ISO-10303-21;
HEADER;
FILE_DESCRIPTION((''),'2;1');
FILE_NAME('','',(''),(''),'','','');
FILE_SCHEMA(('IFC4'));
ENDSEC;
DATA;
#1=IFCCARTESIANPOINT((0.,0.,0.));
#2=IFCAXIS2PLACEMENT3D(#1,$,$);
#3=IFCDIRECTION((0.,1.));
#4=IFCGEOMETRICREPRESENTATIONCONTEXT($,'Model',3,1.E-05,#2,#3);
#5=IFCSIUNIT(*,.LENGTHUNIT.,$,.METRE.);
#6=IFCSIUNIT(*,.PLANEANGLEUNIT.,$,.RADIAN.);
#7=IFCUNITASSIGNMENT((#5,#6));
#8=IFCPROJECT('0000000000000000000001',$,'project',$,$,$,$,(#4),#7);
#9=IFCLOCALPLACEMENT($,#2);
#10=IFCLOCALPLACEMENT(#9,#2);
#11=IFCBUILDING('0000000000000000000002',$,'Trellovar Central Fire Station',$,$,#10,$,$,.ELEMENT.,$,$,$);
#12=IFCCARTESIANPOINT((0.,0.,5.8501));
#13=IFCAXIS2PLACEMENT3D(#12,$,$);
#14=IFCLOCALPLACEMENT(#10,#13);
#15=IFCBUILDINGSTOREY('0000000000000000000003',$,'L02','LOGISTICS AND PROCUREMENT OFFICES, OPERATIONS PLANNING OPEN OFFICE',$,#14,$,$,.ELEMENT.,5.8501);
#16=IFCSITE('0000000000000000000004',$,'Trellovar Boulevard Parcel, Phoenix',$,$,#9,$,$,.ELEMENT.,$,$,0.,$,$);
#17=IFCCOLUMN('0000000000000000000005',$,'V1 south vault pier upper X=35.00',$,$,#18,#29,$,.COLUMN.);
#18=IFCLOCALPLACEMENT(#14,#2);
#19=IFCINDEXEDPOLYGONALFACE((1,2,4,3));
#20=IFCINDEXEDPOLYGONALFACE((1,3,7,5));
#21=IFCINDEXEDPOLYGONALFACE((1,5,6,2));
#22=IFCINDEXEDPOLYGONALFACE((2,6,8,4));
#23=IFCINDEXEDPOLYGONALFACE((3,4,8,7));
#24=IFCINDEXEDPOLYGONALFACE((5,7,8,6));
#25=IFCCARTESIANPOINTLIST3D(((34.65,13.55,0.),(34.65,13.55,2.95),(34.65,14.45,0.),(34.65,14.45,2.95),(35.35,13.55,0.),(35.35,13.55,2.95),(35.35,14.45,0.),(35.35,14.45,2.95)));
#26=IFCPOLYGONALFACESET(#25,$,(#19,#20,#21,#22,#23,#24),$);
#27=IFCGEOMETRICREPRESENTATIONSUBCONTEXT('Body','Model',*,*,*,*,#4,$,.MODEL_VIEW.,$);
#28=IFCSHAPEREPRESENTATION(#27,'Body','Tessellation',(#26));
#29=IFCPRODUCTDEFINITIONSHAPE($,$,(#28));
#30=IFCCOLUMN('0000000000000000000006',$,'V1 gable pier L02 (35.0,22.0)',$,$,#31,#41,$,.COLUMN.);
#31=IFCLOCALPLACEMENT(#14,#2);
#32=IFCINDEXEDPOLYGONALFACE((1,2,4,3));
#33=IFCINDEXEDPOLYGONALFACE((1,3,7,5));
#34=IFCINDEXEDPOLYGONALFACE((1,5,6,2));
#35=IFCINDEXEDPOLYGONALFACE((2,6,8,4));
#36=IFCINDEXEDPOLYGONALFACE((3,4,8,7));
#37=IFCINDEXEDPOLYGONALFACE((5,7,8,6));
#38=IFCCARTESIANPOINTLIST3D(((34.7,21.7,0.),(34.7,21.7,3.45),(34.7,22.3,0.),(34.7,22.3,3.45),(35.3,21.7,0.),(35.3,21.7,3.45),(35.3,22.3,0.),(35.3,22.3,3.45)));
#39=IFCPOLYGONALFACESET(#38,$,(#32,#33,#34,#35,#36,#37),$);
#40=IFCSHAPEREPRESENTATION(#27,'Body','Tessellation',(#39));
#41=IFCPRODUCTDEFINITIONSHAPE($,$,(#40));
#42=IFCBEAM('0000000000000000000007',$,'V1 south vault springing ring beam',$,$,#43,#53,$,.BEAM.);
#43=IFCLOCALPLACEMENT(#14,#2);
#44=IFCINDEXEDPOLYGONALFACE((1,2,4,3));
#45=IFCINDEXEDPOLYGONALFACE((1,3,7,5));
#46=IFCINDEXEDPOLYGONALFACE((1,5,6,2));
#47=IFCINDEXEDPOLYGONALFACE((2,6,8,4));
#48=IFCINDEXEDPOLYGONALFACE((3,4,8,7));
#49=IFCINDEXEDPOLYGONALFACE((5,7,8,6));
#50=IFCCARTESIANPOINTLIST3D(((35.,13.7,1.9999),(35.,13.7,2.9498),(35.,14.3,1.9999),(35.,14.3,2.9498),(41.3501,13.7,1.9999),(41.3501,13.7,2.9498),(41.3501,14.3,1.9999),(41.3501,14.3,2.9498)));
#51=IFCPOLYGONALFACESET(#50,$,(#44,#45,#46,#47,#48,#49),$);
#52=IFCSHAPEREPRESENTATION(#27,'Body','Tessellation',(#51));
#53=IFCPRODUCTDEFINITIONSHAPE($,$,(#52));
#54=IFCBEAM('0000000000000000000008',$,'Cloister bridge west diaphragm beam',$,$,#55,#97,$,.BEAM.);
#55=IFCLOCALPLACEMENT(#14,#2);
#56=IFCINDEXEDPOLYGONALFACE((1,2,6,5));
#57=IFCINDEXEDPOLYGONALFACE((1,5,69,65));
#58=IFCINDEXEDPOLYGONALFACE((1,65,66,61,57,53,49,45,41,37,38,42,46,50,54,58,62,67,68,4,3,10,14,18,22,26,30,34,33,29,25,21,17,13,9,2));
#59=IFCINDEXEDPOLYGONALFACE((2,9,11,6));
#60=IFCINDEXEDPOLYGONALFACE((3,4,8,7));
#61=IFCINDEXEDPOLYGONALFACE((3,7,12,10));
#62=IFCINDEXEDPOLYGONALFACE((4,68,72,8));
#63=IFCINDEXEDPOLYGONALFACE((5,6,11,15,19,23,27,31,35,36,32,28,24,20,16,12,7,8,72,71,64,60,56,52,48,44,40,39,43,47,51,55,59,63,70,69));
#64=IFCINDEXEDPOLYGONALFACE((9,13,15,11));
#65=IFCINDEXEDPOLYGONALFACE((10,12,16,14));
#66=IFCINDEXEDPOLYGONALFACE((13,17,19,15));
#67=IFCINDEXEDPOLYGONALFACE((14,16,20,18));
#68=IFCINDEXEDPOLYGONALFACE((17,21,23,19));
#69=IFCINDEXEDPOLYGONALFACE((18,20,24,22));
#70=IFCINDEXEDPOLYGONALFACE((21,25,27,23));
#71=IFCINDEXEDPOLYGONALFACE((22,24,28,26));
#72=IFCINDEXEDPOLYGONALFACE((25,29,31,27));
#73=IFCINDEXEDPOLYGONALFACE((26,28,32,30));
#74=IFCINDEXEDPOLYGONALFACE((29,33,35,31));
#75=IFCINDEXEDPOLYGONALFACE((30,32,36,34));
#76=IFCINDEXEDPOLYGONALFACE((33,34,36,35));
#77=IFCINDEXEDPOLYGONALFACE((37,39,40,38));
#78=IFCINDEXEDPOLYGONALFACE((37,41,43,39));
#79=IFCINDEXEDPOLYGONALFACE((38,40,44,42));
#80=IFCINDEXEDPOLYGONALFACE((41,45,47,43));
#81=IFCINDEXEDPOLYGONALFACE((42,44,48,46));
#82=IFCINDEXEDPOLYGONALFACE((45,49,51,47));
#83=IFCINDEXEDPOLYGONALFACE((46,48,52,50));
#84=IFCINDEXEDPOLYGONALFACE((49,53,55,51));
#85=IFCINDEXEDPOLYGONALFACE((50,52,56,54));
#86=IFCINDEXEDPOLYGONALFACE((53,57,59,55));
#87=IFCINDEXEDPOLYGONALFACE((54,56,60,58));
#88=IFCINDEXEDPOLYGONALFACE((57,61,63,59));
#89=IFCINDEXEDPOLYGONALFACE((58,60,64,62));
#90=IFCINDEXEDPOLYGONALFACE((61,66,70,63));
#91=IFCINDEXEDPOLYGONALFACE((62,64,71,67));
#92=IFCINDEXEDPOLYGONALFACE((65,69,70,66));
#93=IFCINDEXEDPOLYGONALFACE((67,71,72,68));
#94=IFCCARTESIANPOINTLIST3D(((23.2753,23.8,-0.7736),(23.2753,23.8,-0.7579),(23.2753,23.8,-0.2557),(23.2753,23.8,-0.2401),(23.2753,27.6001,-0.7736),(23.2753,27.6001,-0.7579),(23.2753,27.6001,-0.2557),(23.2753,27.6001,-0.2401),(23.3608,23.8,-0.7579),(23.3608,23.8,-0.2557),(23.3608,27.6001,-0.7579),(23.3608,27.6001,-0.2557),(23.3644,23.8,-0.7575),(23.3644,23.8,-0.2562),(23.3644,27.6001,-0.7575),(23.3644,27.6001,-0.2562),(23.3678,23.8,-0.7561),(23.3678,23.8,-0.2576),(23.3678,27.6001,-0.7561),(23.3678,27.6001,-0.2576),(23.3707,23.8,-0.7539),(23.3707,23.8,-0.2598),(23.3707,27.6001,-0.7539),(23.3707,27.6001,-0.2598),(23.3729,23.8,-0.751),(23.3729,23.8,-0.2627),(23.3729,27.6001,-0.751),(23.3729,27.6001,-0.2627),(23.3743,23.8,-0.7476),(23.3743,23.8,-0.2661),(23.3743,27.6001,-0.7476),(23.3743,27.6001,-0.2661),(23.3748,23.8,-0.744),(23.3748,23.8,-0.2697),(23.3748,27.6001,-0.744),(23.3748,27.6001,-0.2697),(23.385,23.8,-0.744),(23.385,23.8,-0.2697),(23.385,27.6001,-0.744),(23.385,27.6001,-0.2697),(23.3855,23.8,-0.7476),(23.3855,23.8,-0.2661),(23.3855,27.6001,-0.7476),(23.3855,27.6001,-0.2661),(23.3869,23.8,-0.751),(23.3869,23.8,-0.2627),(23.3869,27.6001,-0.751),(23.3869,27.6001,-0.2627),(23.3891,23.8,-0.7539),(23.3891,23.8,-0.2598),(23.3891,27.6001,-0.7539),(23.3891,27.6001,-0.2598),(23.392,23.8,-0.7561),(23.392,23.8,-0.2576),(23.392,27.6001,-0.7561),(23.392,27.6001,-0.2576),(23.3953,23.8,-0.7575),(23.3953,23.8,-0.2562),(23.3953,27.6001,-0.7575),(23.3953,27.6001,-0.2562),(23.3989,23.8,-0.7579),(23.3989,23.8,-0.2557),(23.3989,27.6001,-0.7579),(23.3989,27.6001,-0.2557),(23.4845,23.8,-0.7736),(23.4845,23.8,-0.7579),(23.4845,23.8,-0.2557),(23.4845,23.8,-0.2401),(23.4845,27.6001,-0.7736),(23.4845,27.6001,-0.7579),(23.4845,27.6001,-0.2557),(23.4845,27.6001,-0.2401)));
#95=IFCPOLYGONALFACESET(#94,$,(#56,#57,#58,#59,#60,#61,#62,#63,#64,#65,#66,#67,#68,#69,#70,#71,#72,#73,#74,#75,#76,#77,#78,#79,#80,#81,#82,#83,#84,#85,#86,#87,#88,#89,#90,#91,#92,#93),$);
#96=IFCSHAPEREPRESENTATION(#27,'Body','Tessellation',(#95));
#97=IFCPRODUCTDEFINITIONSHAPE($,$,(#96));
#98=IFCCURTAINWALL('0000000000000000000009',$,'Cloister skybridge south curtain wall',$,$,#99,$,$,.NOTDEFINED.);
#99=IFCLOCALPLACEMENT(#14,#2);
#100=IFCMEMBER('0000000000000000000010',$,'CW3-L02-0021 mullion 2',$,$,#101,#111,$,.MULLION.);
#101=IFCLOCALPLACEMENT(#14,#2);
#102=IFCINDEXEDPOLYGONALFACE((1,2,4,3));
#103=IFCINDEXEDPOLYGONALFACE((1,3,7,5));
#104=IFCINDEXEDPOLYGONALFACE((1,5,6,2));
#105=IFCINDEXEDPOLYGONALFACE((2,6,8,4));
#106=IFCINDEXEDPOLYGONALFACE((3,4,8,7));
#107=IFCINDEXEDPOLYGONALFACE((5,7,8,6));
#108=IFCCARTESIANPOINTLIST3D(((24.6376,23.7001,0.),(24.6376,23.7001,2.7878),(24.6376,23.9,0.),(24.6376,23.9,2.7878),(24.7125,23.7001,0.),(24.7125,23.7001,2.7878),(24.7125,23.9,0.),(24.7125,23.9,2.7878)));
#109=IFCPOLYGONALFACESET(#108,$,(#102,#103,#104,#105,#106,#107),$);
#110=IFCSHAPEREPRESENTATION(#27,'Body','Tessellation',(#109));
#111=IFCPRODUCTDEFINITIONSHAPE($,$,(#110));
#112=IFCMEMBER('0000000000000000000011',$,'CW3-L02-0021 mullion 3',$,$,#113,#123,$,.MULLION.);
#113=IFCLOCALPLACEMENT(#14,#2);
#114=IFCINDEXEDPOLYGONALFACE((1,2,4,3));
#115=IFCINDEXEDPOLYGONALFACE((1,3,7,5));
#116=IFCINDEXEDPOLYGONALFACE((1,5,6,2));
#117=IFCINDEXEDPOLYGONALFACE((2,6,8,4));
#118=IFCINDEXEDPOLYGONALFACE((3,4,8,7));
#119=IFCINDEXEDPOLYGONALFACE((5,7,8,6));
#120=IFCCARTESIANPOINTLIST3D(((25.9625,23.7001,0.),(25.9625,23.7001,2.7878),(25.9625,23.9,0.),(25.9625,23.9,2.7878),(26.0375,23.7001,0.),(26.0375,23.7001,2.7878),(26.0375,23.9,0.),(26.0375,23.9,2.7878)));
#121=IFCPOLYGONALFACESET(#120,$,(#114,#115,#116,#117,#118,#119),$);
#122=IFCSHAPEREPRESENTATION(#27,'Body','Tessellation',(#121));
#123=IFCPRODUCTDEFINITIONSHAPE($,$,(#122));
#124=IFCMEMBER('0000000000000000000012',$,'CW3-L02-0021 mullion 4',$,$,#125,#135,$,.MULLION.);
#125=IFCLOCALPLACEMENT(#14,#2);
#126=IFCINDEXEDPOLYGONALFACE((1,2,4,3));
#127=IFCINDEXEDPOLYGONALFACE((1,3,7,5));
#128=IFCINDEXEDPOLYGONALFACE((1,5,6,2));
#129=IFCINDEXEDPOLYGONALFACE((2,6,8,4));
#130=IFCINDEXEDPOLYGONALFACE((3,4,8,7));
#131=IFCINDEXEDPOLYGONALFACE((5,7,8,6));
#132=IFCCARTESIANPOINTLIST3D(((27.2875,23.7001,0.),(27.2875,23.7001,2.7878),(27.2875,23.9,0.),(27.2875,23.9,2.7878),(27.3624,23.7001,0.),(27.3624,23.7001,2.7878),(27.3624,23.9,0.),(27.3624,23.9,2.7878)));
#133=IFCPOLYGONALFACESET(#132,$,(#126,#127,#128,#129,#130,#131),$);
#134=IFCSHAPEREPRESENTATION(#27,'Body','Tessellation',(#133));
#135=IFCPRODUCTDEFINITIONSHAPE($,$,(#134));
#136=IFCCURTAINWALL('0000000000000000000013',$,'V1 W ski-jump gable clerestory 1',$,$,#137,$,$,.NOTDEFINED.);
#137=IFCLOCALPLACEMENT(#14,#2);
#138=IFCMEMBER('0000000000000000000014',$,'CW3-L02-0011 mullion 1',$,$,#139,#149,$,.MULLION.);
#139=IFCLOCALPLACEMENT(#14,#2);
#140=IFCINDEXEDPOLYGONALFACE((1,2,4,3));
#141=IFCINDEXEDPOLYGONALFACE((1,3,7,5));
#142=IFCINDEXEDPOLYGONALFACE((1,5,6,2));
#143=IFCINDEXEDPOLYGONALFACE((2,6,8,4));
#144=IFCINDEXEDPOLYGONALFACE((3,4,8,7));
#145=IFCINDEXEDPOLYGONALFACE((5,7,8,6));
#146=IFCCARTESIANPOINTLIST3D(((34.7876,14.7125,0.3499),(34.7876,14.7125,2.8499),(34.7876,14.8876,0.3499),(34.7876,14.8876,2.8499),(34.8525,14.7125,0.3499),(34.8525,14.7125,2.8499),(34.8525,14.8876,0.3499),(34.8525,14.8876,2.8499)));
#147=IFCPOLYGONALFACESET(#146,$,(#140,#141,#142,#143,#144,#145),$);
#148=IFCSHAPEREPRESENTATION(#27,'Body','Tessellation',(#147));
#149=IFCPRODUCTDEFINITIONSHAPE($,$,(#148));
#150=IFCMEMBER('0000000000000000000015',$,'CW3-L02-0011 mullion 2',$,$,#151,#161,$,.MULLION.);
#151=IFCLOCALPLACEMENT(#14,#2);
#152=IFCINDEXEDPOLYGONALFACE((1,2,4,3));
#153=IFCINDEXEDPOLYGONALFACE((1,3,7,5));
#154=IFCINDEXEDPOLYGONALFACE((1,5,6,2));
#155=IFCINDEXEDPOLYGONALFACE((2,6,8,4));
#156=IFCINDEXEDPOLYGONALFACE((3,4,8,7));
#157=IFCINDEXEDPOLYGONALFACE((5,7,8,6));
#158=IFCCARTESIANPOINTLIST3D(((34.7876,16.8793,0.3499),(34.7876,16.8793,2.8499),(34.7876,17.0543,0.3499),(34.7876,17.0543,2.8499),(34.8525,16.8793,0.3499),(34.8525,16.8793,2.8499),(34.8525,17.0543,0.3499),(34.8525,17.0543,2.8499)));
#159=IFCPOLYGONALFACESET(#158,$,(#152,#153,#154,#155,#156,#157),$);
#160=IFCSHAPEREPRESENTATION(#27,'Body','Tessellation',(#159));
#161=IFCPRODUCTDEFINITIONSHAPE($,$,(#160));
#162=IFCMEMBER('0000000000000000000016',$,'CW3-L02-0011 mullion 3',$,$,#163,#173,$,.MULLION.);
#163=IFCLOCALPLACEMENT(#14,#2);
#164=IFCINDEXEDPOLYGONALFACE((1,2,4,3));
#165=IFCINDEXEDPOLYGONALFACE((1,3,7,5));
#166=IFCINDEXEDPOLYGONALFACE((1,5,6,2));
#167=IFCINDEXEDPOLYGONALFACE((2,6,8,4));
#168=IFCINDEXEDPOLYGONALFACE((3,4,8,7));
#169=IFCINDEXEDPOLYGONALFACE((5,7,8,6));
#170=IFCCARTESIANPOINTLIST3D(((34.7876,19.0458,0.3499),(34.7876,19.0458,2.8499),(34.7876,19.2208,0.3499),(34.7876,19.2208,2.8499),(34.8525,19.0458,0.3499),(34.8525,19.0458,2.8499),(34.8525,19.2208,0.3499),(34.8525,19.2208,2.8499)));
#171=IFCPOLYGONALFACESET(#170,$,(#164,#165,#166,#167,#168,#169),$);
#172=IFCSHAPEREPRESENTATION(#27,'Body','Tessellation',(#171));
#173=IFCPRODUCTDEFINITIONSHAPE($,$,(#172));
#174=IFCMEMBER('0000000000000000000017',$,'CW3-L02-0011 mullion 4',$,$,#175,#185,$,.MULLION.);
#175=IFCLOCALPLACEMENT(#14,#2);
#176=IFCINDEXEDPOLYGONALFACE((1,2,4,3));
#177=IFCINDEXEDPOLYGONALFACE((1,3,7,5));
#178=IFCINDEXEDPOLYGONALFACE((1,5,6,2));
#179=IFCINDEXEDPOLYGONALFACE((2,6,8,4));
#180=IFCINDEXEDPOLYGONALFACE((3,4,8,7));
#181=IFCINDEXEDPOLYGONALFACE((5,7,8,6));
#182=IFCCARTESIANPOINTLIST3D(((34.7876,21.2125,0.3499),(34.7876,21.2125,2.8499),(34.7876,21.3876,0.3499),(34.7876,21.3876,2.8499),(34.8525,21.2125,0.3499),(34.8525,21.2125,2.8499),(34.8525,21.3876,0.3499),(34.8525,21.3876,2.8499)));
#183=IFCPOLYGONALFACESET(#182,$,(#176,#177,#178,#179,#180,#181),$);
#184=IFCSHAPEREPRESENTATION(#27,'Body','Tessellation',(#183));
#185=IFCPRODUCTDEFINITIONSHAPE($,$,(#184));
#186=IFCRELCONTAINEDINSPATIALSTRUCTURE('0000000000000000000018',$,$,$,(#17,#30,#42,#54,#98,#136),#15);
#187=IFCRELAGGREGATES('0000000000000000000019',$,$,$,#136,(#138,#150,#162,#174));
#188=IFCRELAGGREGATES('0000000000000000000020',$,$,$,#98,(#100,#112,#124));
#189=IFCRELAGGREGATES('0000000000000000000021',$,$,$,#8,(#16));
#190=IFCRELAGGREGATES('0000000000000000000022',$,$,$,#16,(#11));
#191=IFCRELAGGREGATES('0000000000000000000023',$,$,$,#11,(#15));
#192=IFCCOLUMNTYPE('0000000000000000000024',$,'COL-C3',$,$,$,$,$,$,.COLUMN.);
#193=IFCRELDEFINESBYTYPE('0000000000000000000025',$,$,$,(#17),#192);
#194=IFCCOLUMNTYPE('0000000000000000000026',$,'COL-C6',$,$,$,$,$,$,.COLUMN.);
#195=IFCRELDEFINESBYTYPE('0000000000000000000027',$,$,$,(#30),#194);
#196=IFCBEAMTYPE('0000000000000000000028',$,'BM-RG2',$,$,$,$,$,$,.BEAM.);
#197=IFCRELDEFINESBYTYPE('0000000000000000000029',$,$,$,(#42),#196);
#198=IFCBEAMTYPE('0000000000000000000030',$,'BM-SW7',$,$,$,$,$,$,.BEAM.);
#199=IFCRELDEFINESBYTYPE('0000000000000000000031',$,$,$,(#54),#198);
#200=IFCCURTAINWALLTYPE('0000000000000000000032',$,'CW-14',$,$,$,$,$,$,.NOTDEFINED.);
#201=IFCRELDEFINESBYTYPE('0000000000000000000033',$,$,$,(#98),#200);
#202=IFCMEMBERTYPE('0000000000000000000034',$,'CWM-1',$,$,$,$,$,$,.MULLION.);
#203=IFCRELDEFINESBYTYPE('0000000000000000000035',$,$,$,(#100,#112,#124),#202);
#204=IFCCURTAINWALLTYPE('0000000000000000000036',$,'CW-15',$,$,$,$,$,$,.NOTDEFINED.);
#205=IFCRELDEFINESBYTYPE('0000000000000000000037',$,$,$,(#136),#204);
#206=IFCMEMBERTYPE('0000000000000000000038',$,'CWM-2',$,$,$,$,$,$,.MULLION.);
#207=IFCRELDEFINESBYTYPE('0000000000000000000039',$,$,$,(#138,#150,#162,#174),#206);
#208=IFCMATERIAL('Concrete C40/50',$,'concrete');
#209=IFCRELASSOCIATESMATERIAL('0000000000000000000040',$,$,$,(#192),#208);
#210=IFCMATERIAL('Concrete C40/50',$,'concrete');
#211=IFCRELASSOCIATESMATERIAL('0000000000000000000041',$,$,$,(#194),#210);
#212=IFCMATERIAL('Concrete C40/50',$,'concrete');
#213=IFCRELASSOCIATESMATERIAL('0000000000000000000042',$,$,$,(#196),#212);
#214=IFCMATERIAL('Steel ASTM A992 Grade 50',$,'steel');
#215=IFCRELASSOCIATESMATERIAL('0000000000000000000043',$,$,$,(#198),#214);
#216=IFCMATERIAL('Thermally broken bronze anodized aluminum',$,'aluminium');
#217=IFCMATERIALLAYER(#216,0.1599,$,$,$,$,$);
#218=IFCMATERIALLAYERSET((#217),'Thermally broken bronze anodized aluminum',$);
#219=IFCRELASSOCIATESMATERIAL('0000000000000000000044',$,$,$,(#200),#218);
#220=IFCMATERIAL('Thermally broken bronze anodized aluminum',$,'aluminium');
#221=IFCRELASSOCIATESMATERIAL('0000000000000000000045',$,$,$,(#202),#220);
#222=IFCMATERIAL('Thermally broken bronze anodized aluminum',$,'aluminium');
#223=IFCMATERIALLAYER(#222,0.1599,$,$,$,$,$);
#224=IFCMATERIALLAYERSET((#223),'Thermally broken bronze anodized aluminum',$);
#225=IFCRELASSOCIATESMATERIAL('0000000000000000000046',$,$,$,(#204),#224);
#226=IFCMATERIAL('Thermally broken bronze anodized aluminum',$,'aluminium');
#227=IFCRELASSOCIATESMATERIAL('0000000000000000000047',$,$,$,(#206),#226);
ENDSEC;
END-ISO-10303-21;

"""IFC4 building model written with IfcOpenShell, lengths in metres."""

from ifc_helpers import new_model, si_unit, direction, frame, origin, origin_2d, place, context, subcontext, project, spatial, rectangle, i_section, extrude, material, layer, layer_set, material_profile, profile_set, type_object, element, aggregate, save


model = new_model("IFC4")

# Units and contexts
model_context = context("Model", 3, precision=1e-05, world=origin(), true_north=direction((0.0, 1.0)))
body_context = subcontext(model_context, "Body", "Model", "MODEL_VIEW")
ifc_project = project(units=[si_unit("LENGTHUNIT", "METRE"), si_unit("PLANEANGLEUNIT", "RADIAN")], contexts=[model_context])

# Site, building, storey
site_placement = place(None, origin())
site = spatial("IfcSite", under=ifc_project, at=site_placement, Name="Trellovar Boulevard Parcel, Phoenix", CompositionType="ELEMENT", RefElevation=0.0)
building_placement = place(site_placement, origin())
building = spatial("IfcBuilding", under=site, at=building_placement, Name="Trellovar Central Fire Station", CompositionType="ELEMENT")
storey_placement = place(building_placement, frame((0.0, 0.0, 5.8501)))
storey = spatial("IfcBuildingStorey", under=building, at=storey_placement, Name="L02", Description="LOGISTICS AND PROCUREMENT OFFICES, OPERATIONS PLANNING OPEN OFFICE", CompositionType="ELEMENT", Elevation=5.8501)

# Columns
ifc_material_1 = material(Name="Concrete C40/50", Category="concrete")
ifc_material_profile_1 = material_profile(ifc_material_1, rectangle(XDim=0.7, YDim=0.8999, at=origin_2d()), Name="RC700X900")
ifc_profile_set_1 = profile_set([ifc_material_profile_1], Name="Concrete C40/50")
column_type_1 = type_object("IfcColumnType", Name="COL-C3", PredefinedType="COLUMN", material=ifc_profile_set_1)
column_1_placement = place(storey_placement, frame((35.0, 14.0, 0.0), z_axis=(0.0, 0.0, 1.0), x_axis=(1.0, 0.0, 0.0)))
element("IfcColumn", 1, at=column_1_placement, inside=storey, type_object=column_type_1, Name="V1 south vault pier upper X=35.00", PredefinedType="COLUMN", context=body_context, shape_type="SweptSolid", body=[
    extrude(rectangle(XDim=0.7, YDim=0.8999, at=origin_2d()), origin(), (0.0, 0.0, 1.0), 2.95),
])
ifc_material_2 = material(Name="Concrete C40/50", Category="concrete")
ifc_material_profile_2 = material_profile(ifc_material_2, rectangle(XDim=0.6001, YDim=0.6001, at=origin_2d()), Name="RC600X600")
ifc_profile_set_2 = profile_set([ifc_material_profile_2], Name="Concrete C40/50")
column_type_2 = type_object("IfcColumnType", Name="COL-C6", PredefinedType="COLUMN", material=ifc_profile_set_2)
column_2_placement = place(storey_placement, frame((35.0, 22.0, 0.0), z_axis=(0.0, 0.0, 1.0), x_axis=(1.0, 0.0, 0.0)))
element("IfcColumn", 2, at=column_2_placement, inside=storey, type_object=column_type_2, Name="V1 gable pier L02 (35.0,22.0)", PredefinedType="COLUMN", context=body_context, shape_type="SweptSolid", body=[
    extrude(rectangle(XDim=0.6001, YDim=0.6001, at=origin_2d()), origin(), (0.0, 0.0, 1.0), 3.45),
])

# Beams
ifc_material_3 = material(Name="Concrete C40/50", Category="concrete")
ifc_material_profile_3 = material_profile(ifc_material_3, rectangle(XDim=0.6001, YDim=0.95, at=origin_2d()), Name="RC600X950")
ifc_profile_set_3 = profile_set([ifc_material_profile_3], Name="Concrete C40/50")
beam_type_1 = type_object("IfcBeamType", Name="BM-RG2", PredefinedType="BEAM", material=ifc_profile_set_3)
beam_1_placement = place(storey_placement, frame((35.0, 14.0, 2.4749), z_axis=(1.0, 0.0, 0.0), x_axis=(0.0, 1.0, 0.0)))
element("IfcBeam", 3, at=beam_1_placement, inside=storey, type_object=beam_type_1, Name="V1 south vault springing ring beam", PredefinedType="BEAM", context=body_context, shape_type="SweptSolid", body=[
    extrude(rectangle(XDim=0.6001, YDim=0.95, at=origin_2d()), origin(), (0.0, 0.0, 1.0), 6.3501),
])
ifc_material_4 = material(Name="Steel ASTM A992 Grade 50", Category="steel")
ifc_material_profile_4 = material_profile(ifc_material_4, i_section(OverallWidth=0.2092, OverallDepth=0.5334, WebThickness=0.0103, FlangeThickness=0.0156, FilletRadius=0.0139, at=origin_2d()), Name="W21X62")
ifc_profile_set_4 = profile_set([ifc_material_profile_4], Name="Steel ASTM A992 Grade 50")
beam_type_2 = type_object("IfcBeamType", Name="BM-SW7", PredefinedType="BEAM", material=ifc_profile_set_4)
beam_2_placement = place(storey_placement, frame((23.3799, 23.8, -0.5068), z_axis=(0.0, 1.0, 0.0), x_axis=(-1.0, 0.0, 0.0)))
element("IfcBeam", 4, at=beam_2_placement, inside=storey, type_object=beam_type_2, Name="Cloister bridge west diaphragm beam", PredefinedType="BEAM", context=body_context, shape_type="SweptSolid", body=[
    extrude(i_section(OverallWidth=0.2092, OverallDepth=0.5334, WebThickness=0.0103, FlangeThickness=0.0156, FilletRadius=0.0139, at=origin_2d()), origin(), (0.0, 0.0, 1.0), 3.8),
])

# Curtain walls, members
ifc_material_5 = material(Name="Thermally broken bronze anodized aluminum", Category="aluminium")
ifc_layer_1 = layer(ifc_material_5, 0.1599)
ifc_layer_set_1 = layer_set([ifc_layer_1], Name="Thermally broken bronze anodized aluminum")
curtain_wall_type_1 = type_object("IfcCurtainWallType", Name="CW-14", PredefinedType="NOTDEFINED", material=ifc_layer_set_1)
curtain_wall_1_placement = place(storey_placement, origin())
curtain_wall_1 = element("IfcCurtainWall", 5, at=curtain_wall_1_placement, inside=storey, type_object=curtain_wall_type_1, Name="Cloister skybridge south curtain wall", PredefinedType="NOTDEFINED")
ifc_material_6 = material(Name="Thermally broken bronze anodized aluminum", Category="aluminium")
ifc_material_profile_5 = material_profile(ifc_material_6, rectangle(XDim=0.075, YDim=0.2, at=origin_2d()), Name="ALU75X200")
ifc_profile_set_5 = profile_set([ifc_material_profile_5], Name="Thermally broken bronze anodized aluminum")
member_type_1 = type_object("IfcMemberType", Name="CWM-1", PredefinedType="MULLION", material=ifc_profile_set_5)
member_1_placement = place(storey_placement, frame((24.675, 23.8, 0.0), z_axis=(0.0, 0.0, 1.0), x_axis=(1.0, 0.0, 0.0)))
member_1 = element("IfcMember", 6, at=member_1_placement, type_object=member_type_1, Name="CW3-L02-0021 mullion 2", PredefinedType="MULLION", context=body_context, shape_type="SweptSolid", body=[
    extrude(rectangle(XDim=0.075, YDim=0.2, at=origin_2d()), origin(), (0.0, 0.0, 1.0), 2.7878),
])
member_2_placement = place(storey_placement, frame((26.0, 23.8, 0.0), z_axis=(0.0, 0.0, 1.0), x_axis=(1.0, 0.0, 0.0)))
member_2 = element("IfcMember", 7, at=member_2_placement, type_object=member_type_1, Name="CW3-L02-0021 mullion 3", PredefinedType="MULLION", context=body_context, shape_type="SweptSolid", body=[
    extrude(rectangle(XDim=0.075, YDim=0.2, at=origin_2d()), origin(), (0.0, 0.0, 1.0), 2.7878),
])
member_3_placement = place(storey_placement, frame((27.325, 23.8, 0.0), z_axis=(0.0, 0.0, 1.0), x_axis=(1.0, 0.0, 0.0)))
member_3 = element("IfcMember", 8, at=member_3_placement, type_object=member_type_1, Name="CW3-L02-0021 mullion 4", PredefinedType="MULLION", context=body_context, shape_type="SweptSolid", body=[
    extrude(rectangle(XDim=0.075, YDim=0.2, at=origin_2d()), origin(), (0.0, 0.0, 1.0), 2.7878),
])
ifc_material_7 = material(Name="Thermally broken bronze anodized aluminum", Category="aluminium")
ifc_layer_2 = layer(ifc_material_7, 0.1599)
ifc_layer_set_2 = layer_set([ifc_layer_2], Name="Thermally broken bronze anodized aluminum")
curtain_wall_type_2 = type_object("IfcCurtainWallType", Name="CW-15", PredefinedType="NOTDEFINED", material=ifc_layer_set_2)
curtain_wall_2_placement = place(storey_placement, origin())
curtain_wall_2 = element("IfcCurtainWall", 9, at=curtain_wall_2_placement, inside=storey, type_object=curtain_wall_type_2, Name="V1 W ski-jump gable clerestory 1", PredefinedType="NOTDEFINED")
ifc_material_8 = material(Name="Thermally broken bronze anodized aluminum", Category="aluminium")
ifc_material_profile_6 = material_profile(ifc_material_8, rectangle(XDim=0.0649, YDim=0.175, at=origin_2d()), Name="ALU65X175")
ifc_profile_set_6 = profile_set([ifc_material_profile_6], Name="Thermally broken bronze anodized aluminum")
member_type_2 = type_object("IfcMemberType", Name="CWM-2", PredefinedType="MULLION", material=ifc_profile_set_6)
member_4_placement = place(storey_placement, frame((34.8201, 14.8, 0.3499), z_axis=(0.0, 0.0, 1.0), x_axis=(1.0, 0.0, 0.0)))
member_4 = element("IfcMember", 10, at=member_4_placement, type_object=member_type_2, Name="CW3-L02-0011 mullion 1", PredefinedType="MULLION", context=body_context, shape_type="SweptSolid", body=[
    extrude(rectangle(XDim=0.0649, YDim=0.175, at=origin_2d()), origin(), (0.0, 0.0, 1.0), 2.5),
])
member_5_placement = place(storey_placement, frame((34.8201, 16.9668, 0.3499), z_axis=(0.0, 0.0, 1.0), x_axis=(1.0, 0.0, 0.0)))
member_5 = element("IfcMember", 11, at=member_5_placement, type_object=member_type_2, Name="CW3-L02-0011 mullion 2", PredefinedType="MULLION", context=body_context, shape_type="SweptSolid", body=[
    extrude(rectangle(XDim=0.0649, YDim=0.175, at=origin_2d()), origin(), (0.0, 0.0, 1.0), 2.5),
])
member_6_placement = place(storey_placement, frame((34.8201, 19.1333, 0.3499), z_axis=(0.0, 0.0, 1.0), x_axis=(1.0, 0.0, 0.0)))
member_6 = element("IfcMember", 12, at=member_6_placement, type_object=member_type_2, Name="CW3-L02-0011 mullion 3", PredefinedType="MULLION", context=body_context, shape_type="SweptSolid", body=[
    extrude(rectangle(XDim=0.0649, YDim=0.175, at=origin_2d()), origin(), (0.0, 0.0, 1.0), 2.5),
])
member_7_placement = place(storey_placement, frame((34.8201, 21.3, 0.3499), z_axis=(0.0, 0.0, 1.0), x_axis=(1.0, 0.0, 0.0)))
member_7 = element("IfcMember", 13, at=member_7_placement, type_object=member_type_2, Name="CW3-L02-0011 mullion 4", PredefinedType="MULLION", context=body_context, shape_type="SweptSolid", body=[
    extrude(rectangle(XDim=0.0649, YDim=0.175, at=origin_2d()), origin(), (0.0, 0.0, 1.0), 2.5),
])

aggregate(curtain_wall_2, [member_4, member_5, member_6, member_7])
aggregate(curtain_wall_1, [member_1, member_2, member_3])

save(model, "model.ifc")
